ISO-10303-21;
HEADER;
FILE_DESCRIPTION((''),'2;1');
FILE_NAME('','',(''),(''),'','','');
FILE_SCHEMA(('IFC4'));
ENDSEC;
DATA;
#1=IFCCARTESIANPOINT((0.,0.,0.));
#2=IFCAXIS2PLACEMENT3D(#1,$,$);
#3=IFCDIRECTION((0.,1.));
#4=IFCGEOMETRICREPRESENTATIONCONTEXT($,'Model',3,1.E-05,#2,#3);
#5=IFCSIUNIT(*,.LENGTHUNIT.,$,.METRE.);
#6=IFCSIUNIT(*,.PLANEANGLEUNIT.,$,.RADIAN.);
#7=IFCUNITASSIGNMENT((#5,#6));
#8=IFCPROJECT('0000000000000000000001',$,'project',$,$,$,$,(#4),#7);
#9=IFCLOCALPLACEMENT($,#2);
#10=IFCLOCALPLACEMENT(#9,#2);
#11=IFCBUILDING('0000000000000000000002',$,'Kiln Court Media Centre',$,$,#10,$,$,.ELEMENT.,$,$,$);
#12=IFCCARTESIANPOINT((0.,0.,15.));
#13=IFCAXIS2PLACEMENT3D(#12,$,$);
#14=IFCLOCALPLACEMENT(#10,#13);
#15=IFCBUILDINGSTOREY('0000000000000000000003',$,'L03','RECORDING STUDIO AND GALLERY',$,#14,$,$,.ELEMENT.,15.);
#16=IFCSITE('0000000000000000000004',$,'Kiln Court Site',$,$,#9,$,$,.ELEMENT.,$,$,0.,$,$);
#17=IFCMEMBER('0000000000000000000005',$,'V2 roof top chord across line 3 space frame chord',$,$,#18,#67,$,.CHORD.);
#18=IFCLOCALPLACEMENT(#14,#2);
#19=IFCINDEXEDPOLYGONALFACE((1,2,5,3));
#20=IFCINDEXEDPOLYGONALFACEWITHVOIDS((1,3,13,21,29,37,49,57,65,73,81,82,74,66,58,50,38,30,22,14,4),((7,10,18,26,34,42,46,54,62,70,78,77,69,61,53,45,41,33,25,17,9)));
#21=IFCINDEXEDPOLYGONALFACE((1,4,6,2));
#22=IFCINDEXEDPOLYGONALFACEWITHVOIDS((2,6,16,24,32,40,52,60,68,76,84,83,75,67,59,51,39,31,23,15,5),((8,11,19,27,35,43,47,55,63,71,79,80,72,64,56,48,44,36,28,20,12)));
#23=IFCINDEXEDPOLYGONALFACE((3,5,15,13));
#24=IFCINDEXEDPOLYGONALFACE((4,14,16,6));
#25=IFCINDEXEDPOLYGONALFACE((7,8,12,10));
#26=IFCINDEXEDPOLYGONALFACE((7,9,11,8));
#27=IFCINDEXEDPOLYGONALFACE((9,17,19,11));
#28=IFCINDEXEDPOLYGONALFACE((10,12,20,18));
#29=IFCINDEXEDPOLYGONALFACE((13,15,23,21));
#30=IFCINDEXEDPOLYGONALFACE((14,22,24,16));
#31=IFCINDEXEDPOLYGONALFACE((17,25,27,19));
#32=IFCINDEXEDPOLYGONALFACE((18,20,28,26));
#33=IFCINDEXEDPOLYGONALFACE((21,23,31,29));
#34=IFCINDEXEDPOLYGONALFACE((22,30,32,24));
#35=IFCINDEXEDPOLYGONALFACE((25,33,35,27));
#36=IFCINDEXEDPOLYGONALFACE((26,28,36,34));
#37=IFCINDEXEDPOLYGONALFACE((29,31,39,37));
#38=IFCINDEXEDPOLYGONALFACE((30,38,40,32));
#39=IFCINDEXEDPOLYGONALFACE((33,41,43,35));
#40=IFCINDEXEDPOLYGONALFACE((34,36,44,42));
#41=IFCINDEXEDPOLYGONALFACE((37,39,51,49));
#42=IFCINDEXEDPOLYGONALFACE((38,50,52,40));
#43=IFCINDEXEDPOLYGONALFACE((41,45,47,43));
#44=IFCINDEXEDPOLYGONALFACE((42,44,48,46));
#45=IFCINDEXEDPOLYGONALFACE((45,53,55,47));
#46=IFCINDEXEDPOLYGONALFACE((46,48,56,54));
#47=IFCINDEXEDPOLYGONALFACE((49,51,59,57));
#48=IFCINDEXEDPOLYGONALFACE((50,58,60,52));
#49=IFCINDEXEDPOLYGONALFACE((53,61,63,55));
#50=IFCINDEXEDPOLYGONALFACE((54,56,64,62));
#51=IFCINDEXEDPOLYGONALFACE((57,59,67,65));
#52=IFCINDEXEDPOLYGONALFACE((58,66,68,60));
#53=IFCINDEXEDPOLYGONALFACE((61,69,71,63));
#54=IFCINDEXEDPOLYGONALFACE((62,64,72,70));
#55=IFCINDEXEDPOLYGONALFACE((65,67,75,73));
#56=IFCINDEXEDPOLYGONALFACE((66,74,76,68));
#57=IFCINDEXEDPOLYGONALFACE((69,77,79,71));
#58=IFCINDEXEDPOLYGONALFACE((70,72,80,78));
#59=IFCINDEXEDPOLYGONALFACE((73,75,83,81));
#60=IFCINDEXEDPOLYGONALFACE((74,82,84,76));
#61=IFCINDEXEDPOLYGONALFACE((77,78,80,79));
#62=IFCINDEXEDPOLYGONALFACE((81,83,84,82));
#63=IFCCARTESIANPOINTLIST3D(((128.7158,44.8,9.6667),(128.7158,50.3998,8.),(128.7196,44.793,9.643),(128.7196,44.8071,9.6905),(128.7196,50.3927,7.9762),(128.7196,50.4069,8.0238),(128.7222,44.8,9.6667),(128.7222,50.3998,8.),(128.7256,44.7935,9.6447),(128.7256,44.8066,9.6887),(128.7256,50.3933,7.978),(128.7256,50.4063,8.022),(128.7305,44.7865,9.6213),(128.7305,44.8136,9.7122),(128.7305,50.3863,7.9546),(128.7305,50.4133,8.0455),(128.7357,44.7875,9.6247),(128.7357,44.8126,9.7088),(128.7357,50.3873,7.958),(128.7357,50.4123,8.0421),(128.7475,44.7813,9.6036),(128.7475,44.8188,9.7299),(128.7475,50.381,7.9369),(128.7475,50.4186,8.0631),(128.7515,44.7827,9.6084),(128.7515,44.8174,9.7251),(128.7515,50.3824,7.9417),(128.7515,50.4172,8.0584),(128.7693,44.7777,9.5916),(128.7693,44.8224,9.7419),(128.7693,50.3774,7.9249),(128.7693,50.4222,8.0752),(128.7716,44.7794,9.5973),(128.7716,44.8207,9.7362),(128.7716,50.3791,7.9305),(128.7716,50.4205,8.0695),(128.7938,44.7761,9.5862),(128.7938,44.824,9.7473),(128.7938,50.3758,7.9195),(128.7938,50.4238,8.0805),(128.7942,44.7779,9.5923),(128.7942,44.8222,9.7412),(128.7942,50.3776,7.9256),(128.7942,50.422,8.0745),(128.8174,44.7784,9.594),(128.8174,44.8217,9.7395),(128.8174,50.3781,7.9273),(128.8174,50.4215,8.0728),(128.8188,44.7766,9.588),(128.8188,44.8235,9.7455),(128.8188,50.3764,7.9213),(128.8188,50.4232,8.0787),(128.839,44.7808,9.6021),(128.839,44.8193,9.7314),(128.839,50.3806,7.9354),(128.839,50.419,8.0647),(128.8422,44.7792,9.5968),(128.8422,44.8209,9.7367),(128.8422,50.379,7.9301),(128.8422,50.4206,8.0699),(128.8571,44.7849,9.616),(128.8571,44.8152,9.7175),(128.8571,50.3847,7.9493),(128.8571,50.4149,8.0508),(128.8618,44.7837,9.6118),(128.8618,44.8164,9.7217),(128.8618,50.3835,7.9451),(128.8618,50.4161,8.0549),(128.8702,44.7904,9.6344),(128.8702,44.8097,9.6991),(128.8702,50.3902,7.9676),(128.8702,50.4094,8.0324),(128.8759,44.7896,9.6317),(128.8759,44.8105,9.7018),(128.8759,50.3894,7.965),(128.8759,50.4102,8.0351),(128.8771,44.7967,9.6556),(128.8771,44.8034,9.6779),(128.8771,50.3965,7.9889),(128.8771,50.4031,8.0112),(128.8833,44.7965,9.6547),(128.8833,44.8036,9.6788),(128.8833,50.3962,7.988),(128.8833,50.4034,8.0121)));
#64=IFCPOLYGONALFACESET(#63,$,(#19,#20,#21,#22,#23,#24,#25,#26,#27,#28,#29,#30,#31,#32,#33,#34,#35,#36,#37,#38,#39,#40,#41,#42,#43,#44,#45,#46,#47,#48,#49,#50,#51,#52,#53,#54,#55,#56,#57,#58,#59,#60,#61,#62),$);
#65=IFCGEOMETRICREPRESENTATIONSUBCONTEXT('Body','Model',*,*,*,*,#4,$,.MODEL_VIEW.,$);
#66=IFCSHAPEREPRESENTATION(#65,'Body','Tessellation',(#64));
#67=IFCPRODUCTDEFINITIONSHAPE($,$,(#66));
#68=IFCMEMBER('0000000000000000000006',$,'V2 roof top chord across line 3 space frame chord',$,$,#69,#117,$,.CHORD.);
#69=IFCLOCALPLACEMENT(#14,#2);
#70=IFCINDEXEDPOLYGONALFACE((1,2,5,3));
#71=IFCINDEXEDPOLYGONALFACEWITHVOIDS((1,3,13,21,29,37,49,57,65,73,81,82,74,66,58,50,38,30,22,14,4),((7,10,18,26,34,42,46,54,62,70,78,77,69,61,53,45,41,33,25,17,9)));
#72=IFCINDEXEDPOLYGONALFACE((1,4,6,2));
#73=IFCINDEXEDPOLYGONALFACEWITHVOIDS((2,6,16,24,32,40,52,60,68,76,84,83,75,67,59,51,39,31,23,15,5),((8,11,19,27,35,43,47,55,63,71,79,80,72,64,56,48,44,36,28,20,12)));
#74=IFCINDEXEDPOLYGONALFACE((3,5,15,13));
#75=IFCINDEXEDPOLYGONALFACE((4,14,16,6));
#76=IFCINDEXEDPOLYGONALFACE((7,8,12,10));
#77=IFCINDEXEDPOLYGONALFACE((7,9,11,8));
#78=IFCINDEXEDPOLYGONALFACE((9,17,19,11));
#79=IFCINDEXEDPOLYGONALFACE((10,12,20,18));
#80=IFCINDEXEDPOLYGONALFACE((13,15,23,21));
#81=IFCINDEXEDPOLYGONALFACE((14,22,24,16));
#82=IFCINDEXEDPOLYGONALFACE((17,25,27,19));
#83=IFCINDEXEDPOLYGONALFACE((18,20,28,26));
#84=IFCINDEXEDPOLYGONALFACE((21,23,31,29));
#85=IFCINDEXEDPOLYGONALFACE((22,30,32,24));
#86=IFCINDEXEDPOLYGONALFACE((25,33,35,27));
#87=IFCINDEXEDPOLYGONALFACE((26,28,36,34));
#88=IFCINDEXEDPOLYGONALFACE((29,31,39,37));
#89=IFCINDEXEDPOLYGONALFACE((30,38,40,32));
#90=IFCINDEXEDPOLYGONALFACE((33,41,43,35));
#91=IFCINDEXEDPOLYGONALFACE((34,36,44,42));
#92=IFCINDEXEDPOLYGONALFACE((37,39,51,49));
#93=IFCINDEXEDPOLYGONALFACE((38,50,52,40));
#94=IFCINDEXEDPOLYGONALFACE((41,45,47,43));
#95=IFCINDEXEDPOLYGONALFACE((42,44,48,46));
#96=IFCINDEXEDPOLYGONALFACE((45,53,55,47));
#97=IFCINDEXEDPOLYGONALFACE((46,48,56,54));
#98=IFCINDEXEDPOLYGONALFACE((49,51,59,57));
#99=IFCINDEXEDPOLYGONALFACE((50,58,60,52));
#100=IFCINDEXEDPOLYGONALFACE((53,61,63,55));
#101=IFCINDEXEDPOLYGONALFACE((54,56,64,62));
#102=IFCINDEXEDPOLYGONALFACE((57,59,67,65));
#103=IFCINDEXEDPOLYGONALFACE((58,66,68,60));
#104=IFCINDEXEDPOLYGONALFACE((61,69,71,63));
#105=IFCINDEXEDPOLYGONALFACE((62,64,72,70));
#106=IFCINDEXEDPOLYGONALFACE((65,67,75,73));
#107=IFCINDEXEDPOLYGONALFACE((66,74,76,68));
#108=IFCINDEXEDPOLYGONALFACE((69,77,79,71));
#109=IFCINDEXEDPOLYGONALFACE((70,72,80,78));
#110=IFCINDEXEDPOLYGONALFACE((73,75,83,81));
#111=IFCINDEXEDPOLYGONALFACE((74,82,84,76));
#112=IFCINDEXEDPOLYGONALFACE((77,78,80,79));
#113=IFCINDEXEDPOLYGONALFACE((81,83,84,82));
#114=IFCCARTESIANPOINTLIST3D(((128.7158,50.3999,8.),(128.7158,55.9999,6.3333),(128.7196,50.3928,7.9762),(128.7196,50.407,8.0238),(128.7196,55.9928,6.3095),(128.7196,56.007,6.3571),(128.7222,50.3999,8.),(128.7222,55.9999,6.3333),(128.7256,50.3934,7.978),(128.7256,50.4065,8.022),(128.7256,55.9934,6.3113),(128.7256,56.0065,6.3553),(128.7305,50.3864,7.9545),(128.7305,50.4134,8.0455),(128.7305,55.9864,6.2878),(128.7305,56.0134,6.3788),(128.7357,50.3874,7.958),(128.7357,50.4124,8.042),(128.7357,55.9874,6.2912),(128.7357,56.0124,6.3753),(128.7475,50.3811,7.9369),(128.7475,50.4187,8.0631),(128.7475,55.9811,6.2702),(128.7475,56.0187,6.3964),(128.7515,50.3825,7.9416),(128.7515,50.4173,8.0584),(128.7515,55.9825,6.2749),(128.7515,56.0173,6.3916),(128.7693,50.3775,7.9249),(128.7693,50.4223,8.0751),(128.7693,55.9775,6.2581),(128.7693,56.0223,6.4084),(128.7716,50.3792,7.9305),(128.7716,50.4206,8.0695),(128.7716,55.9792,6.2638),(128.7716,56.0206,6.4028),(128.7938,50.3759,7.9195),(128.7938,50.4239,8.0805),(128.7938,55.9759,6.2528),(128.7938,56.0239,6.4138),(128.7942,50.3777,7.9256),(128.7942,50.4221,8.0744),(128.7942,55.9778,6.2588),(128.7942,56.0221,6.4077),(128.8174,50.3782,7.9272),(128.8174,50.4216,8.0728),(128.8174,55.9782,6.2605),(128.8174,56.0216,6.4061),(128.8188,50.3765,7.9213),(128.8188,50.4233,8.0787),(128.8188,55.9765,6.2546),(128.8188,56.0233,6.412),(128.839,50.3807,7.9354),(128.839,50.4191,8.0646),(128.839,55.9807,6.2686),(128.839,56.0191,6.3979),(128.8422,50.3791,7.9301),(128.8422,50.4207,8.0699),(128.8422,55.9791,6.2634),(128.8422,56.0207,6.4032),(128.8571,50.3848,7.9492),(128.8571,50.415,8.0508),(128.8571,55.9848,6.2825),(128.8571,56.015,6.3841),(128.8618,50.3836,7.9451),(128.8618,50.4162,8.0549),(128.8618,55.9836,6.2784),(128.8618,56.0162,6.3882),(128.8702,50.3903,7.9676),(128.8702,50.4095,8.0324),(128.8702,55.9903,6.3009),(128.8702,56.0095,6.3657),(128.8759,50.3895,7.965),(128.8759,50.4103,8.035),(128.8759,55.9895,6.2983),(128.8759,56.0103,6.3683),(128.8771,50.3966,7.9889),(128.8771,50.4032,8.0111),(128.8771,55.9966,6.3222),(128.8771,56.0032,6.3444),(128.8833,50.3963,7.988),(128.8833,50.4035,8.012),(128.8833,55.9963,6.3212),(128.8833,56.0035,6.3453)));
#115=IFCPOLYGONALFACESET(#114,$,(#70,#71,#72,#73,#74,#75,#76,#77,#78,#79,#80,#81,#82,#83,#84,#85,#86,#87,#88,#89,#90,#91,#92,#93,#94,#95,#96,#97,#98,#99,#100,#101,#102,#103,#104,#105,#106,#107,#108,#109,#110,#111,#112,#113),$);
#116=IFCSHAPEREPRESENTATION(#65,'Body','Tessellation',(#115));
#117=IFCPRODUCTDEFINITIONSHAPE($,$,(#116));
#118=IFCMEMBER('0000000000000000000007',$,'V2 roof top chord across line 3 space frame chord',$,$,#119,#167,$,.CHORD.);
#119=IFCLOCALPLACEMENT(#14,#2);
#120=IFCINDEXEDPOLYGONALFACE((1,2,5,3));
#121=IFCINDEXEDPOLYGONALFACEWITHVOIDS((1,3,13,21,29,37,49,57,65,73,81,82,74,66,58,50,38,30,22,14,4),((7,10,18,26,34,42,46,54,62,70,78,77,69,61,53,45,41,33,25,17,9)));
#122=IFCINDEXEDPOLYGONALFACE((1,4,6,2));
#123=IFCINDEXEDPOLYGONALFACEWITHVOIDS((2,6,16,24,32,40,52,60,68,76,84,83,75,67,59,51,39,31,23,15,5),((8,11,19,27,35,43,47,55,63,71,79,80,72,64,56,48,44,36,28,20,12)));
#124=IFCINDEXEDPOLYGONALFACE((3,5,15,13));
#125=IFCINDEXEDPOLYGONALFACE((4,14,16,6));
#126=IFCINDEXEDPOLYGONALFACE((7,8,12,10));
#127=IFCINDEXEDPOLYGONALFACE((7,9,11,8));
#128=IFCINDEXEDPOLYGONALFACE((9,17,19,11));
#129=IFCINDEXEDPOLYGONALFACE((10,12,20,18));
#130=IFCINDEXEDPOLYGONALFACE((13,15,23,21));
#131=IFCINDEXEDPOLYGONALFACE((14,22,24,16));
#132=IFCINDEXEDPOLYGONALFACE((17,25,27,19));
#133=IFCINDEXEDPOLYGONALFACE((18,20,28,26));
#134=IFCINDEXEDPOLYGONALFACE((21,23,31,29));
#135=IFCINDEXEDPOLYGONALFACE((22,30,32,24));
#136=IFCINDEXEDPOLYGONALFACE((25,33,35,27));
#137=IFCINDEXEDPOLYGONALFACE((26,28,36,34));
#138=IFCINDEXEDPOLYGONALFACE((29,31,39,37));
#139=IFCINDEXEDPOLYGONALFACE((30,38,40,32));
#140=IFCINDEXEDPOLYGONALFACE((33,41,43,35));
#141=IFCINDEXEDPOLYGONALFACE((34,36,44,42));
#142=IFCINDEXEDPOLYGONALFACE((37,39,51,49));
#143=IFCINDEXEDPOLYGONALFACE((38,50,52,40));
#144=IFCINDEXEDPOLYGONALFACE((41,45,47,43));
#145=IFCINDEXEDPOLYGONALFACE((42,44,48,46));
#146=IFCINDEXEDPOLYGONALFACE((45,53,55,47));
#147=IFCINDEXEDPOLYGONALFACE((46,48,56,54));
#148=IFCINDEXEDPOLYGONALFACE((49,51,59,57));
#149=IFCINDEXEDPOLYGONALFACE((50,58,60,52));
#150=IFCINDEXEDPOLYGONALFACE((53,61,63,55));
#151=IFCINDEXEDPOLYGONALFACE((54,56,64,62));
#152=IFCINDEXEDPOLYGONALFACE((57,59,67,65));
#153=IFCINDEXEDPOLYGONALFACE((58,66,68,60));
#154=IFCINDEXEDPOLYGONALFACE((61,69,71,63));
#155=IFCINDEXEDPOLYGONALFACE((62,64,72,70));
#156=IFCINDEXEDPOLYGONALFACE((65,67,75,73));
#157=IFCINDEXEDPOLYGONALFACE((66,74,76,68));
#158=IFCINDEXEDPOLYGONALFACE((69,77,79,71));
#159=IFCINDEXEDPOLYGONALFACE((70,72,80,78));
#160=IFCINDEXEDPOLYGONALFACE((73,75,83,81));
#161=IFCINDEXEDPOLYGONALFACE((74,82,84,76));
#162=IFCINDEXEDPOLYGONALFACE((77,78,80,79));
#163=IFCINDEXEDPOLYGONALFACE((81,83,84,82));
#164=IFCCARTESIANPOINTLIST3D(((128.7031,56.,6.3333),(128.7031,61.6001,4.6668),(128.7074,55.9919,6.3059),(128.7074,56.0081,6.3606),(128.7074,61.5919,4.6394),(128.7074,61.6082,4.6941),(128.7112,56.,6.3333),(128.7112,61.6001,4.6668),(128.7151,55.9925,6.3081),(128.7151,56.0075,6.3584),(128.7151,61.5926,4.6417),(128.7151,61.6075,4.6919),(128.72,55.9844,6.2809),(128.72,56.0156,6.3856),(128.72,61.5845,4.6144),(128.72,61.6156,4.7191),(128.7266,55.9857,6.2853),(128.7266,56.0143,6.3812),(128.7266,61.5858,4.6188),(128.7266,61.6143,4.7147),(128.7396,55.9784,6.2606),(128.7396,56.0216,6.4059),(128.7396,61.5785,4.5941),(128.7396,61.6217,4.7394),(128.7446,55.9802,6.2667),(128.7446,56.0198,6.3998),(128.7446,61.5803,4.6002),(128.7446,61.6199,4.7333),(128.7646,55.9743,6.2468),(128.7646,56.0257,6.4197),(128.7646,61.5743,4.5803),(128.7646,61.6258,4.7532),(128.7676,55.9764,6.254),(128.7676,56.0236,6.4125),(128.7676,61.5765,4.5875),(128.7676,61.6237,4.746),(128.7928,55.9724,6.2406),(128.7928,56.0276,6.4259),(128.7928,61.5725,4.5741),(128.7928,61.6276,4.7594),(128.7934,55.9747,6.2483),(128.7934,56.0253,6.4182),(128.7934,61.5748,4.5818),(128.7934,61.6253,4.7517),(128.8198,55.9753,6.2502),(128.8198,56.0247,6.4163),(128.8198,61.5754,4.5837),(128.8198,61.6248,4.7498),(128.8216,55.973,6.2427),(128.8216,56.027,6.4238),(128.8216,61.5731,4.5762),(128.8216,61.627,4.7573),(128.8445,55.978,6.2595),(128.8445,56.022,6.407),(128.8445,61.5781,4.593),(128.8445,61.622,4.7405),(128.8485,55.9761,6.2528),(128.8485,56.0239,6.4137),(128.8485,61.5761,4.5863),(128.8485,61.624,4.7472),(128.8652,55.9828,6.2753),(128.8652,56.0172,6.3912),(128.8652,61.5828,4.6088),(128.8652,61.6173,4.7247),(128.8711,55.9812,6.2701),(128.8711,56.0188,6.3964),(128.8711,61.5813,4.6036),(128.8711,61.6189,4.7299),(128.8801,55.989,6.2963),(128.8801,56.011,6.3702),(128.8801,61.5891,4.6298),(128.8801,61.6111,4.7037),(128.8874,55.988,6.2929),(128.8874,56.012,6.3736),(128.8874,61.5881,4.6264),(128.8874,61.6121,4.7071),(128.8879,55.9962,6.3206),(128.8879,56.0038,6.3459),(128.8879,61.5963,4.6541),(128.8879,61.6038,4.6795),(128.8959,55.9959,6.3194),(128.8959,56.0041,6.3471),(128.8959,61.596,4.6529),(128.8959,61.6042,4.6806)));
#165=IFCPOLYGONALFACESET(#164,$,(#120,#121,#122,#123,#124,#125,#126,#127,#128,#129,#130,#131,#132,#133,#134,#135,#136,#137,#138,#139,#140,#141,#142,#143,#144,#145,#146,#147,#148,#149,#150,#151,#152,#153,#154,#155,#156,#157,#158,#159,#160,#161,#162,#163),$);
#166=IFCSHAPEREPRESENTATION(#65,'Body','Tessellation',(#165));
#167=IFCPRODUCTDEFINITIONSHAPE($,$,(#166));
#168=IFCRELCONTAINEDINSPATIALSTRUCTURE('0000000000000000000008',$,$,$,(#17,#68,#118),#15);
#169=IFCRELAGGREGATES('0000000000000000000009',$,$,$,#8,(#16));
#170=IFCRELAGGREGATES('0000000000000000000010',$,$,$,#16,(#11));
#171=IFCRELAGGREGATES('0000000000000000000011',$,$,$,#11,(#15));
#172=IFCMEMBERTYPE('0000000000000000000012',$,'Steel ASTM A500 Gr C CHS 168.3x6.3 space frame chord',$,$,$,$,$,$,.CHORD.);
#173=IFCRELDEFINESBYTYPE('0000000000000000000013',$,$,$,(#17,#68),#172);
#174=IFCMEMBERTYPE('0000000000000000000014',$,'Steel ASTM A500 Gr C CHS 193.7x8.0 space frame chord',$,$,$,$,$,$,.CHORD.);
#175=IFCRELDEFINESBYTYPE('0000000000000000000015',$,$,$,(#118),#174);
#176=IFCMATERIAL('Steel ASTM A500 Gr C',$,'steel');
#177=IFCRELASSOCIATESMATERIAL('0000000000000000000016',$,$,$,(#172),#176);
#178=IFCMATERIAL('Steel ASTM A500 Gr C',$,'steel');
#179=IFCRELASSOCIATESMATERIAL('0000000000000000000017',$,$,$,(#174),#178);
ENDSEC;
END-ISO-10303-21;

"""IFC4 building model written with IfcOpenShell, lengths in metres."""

from ifc_helpers import new_model, si_unit, direction, frame, origin, origin_2d, place, context, subcontext, project, spatial, hollow_circle, extrude, material, material_profile, profile_set, type_object, element, save


model = new_model("IFC4")

# Units and contexts
model_context = context("Model", 3, precision=1e-05, world=origin(), true_north=direction((0.0, 1.0)))
body_context = subcontext(model_context, "Body", "Model", "MODEL_VIEW")
ifc_project = project(units=[si_unit("LENGTHUNIT", "METRE"), si_unit("PLANEANGLEUNIT", "RADIAN")], contexts=[model_context])

# Site, building, storey
site_placement = place(None, origin())
site = spatial("IfcSite", under=ifc_project, at=site_placement, Name="Kiln Court Site", CompositionType="ELEMENT", RefElevation=0.0)
building_placement = place(site_placement, origin())
building = spatial("IfcBuilding", under=site, at=building_placement, Name="Kiln Court Media Centre", CompositionType="ELEMENT")
storey_placement = place(building_placement, frame((0.0, 0.0, 15.0)))
storey = spatial("IfcBuildingStorey", under=building, at=storey_placement, Name="L03", Description="RECORDING STUDIO AND GALLERY", CompositionType="ELEMENT", Elevation=15.0)

# Members
ifc_material_1 = material(Name="Steel ASTM A500 Gr C", Category="steel")
ifc_material_profile_1 = material_profile(ifc_material_1, hollow_circle(Radius=0.0842, WallThickness=0.0063, at=origin_2d()), Name="CHS 168.3x6.3")
ifc_profile_set_1 = profile_set([ifc_material_profile_1], Name="Steel ASTM A500 Gr C")
member_type_1 = type_object("IfcMemberType", Name="Steel ASTM A500 Gr C CHS 168.3x6.3 space frame chord", PredefinedType="CHORD", material=ifc_profile_set_1)
member_1_placement = place(storey_placement, frame((128.8, 44.8, 9.6667), z_axis=(0.0, 0.958446, -0.285273), x_axis=(-1.0, 0.0, 0.0)))
element("IfcMember", 1, at=member_1_placement, inside=storey, type_object=member_type_1, Name="V2 roof top chord across line 3 space frame chord", PredefinedType="CHORD", context=body_context, shape_type="SweptSolid", body=[
    extrude(hollow_circle(Radius=0.0842, WallThickness=0.0063, at=origin_2d()), origin(), (0.0, 0.0, 1.0), 5.8425),
])
member_2_placement = place(storey_placement, frame((128.8, 50.3999, 8.0), z_axis=(0.0, 0.95845, -0.285262), x_axis=(-1.0, 0.0, 0.0)))
element("IfcMember", 2, at=member_2_placement, inside=storey, type_object=member_type_1, Name="V2 roof top chord across line 3 space frame chord", PredefinedType="CHORD", context=body_context, shape_type="SweptSolid", body=[
    extrude(hollow_circle(Radius=0.0842, WallThickness=0.0063, at=origin_2d()), origin(), (0.0, 0.0, 1.0), 5.8428),
])
ifc_material_2 = material(Name="Steel ASTM A500 Gr C", Category="steel")
ifc_material_profile_2 = material_profile(ifc_material_2, hollow_circle(Radius=0.0969, WallThickness=0.0081, at=origin_2d()), Name="CHS 193.7x8.0")
ifc_profile_set_2 = profile_set([ifc_material_profile_2], Name="Steel ASTM A500 Gr C")
member_type_2 = type_object("IfcMemberType", Name="Steel ASTM A500 Gr C CHS 193.7x8.0 space frame chord", PredefinedType="CHORD", material=ifc_profile_set_2)
member_3_placement = place(storey_placement, frame((128.8, 56.0, 6.3333), z_axis=(0.0, 0.958461, -0.285223), x_axis=(-1.0, 0.0, 0.0)))
element("IfcMember", 3, at=member_3_placement, inside=storey, type_object=member_type_2, Name="V2 roof top chord across line 3 space frame chord", PredefinedType="CHORD", context=body_context, shape_type="SweptSolid", body=[
    extrude(hollow_circle(Radius=0.0969, WallThickness=0.0081, at=origin_2d()), origin(), (0.0, 0.0, 1.0), 5.8428),
])

save(model, "model.ifc")
